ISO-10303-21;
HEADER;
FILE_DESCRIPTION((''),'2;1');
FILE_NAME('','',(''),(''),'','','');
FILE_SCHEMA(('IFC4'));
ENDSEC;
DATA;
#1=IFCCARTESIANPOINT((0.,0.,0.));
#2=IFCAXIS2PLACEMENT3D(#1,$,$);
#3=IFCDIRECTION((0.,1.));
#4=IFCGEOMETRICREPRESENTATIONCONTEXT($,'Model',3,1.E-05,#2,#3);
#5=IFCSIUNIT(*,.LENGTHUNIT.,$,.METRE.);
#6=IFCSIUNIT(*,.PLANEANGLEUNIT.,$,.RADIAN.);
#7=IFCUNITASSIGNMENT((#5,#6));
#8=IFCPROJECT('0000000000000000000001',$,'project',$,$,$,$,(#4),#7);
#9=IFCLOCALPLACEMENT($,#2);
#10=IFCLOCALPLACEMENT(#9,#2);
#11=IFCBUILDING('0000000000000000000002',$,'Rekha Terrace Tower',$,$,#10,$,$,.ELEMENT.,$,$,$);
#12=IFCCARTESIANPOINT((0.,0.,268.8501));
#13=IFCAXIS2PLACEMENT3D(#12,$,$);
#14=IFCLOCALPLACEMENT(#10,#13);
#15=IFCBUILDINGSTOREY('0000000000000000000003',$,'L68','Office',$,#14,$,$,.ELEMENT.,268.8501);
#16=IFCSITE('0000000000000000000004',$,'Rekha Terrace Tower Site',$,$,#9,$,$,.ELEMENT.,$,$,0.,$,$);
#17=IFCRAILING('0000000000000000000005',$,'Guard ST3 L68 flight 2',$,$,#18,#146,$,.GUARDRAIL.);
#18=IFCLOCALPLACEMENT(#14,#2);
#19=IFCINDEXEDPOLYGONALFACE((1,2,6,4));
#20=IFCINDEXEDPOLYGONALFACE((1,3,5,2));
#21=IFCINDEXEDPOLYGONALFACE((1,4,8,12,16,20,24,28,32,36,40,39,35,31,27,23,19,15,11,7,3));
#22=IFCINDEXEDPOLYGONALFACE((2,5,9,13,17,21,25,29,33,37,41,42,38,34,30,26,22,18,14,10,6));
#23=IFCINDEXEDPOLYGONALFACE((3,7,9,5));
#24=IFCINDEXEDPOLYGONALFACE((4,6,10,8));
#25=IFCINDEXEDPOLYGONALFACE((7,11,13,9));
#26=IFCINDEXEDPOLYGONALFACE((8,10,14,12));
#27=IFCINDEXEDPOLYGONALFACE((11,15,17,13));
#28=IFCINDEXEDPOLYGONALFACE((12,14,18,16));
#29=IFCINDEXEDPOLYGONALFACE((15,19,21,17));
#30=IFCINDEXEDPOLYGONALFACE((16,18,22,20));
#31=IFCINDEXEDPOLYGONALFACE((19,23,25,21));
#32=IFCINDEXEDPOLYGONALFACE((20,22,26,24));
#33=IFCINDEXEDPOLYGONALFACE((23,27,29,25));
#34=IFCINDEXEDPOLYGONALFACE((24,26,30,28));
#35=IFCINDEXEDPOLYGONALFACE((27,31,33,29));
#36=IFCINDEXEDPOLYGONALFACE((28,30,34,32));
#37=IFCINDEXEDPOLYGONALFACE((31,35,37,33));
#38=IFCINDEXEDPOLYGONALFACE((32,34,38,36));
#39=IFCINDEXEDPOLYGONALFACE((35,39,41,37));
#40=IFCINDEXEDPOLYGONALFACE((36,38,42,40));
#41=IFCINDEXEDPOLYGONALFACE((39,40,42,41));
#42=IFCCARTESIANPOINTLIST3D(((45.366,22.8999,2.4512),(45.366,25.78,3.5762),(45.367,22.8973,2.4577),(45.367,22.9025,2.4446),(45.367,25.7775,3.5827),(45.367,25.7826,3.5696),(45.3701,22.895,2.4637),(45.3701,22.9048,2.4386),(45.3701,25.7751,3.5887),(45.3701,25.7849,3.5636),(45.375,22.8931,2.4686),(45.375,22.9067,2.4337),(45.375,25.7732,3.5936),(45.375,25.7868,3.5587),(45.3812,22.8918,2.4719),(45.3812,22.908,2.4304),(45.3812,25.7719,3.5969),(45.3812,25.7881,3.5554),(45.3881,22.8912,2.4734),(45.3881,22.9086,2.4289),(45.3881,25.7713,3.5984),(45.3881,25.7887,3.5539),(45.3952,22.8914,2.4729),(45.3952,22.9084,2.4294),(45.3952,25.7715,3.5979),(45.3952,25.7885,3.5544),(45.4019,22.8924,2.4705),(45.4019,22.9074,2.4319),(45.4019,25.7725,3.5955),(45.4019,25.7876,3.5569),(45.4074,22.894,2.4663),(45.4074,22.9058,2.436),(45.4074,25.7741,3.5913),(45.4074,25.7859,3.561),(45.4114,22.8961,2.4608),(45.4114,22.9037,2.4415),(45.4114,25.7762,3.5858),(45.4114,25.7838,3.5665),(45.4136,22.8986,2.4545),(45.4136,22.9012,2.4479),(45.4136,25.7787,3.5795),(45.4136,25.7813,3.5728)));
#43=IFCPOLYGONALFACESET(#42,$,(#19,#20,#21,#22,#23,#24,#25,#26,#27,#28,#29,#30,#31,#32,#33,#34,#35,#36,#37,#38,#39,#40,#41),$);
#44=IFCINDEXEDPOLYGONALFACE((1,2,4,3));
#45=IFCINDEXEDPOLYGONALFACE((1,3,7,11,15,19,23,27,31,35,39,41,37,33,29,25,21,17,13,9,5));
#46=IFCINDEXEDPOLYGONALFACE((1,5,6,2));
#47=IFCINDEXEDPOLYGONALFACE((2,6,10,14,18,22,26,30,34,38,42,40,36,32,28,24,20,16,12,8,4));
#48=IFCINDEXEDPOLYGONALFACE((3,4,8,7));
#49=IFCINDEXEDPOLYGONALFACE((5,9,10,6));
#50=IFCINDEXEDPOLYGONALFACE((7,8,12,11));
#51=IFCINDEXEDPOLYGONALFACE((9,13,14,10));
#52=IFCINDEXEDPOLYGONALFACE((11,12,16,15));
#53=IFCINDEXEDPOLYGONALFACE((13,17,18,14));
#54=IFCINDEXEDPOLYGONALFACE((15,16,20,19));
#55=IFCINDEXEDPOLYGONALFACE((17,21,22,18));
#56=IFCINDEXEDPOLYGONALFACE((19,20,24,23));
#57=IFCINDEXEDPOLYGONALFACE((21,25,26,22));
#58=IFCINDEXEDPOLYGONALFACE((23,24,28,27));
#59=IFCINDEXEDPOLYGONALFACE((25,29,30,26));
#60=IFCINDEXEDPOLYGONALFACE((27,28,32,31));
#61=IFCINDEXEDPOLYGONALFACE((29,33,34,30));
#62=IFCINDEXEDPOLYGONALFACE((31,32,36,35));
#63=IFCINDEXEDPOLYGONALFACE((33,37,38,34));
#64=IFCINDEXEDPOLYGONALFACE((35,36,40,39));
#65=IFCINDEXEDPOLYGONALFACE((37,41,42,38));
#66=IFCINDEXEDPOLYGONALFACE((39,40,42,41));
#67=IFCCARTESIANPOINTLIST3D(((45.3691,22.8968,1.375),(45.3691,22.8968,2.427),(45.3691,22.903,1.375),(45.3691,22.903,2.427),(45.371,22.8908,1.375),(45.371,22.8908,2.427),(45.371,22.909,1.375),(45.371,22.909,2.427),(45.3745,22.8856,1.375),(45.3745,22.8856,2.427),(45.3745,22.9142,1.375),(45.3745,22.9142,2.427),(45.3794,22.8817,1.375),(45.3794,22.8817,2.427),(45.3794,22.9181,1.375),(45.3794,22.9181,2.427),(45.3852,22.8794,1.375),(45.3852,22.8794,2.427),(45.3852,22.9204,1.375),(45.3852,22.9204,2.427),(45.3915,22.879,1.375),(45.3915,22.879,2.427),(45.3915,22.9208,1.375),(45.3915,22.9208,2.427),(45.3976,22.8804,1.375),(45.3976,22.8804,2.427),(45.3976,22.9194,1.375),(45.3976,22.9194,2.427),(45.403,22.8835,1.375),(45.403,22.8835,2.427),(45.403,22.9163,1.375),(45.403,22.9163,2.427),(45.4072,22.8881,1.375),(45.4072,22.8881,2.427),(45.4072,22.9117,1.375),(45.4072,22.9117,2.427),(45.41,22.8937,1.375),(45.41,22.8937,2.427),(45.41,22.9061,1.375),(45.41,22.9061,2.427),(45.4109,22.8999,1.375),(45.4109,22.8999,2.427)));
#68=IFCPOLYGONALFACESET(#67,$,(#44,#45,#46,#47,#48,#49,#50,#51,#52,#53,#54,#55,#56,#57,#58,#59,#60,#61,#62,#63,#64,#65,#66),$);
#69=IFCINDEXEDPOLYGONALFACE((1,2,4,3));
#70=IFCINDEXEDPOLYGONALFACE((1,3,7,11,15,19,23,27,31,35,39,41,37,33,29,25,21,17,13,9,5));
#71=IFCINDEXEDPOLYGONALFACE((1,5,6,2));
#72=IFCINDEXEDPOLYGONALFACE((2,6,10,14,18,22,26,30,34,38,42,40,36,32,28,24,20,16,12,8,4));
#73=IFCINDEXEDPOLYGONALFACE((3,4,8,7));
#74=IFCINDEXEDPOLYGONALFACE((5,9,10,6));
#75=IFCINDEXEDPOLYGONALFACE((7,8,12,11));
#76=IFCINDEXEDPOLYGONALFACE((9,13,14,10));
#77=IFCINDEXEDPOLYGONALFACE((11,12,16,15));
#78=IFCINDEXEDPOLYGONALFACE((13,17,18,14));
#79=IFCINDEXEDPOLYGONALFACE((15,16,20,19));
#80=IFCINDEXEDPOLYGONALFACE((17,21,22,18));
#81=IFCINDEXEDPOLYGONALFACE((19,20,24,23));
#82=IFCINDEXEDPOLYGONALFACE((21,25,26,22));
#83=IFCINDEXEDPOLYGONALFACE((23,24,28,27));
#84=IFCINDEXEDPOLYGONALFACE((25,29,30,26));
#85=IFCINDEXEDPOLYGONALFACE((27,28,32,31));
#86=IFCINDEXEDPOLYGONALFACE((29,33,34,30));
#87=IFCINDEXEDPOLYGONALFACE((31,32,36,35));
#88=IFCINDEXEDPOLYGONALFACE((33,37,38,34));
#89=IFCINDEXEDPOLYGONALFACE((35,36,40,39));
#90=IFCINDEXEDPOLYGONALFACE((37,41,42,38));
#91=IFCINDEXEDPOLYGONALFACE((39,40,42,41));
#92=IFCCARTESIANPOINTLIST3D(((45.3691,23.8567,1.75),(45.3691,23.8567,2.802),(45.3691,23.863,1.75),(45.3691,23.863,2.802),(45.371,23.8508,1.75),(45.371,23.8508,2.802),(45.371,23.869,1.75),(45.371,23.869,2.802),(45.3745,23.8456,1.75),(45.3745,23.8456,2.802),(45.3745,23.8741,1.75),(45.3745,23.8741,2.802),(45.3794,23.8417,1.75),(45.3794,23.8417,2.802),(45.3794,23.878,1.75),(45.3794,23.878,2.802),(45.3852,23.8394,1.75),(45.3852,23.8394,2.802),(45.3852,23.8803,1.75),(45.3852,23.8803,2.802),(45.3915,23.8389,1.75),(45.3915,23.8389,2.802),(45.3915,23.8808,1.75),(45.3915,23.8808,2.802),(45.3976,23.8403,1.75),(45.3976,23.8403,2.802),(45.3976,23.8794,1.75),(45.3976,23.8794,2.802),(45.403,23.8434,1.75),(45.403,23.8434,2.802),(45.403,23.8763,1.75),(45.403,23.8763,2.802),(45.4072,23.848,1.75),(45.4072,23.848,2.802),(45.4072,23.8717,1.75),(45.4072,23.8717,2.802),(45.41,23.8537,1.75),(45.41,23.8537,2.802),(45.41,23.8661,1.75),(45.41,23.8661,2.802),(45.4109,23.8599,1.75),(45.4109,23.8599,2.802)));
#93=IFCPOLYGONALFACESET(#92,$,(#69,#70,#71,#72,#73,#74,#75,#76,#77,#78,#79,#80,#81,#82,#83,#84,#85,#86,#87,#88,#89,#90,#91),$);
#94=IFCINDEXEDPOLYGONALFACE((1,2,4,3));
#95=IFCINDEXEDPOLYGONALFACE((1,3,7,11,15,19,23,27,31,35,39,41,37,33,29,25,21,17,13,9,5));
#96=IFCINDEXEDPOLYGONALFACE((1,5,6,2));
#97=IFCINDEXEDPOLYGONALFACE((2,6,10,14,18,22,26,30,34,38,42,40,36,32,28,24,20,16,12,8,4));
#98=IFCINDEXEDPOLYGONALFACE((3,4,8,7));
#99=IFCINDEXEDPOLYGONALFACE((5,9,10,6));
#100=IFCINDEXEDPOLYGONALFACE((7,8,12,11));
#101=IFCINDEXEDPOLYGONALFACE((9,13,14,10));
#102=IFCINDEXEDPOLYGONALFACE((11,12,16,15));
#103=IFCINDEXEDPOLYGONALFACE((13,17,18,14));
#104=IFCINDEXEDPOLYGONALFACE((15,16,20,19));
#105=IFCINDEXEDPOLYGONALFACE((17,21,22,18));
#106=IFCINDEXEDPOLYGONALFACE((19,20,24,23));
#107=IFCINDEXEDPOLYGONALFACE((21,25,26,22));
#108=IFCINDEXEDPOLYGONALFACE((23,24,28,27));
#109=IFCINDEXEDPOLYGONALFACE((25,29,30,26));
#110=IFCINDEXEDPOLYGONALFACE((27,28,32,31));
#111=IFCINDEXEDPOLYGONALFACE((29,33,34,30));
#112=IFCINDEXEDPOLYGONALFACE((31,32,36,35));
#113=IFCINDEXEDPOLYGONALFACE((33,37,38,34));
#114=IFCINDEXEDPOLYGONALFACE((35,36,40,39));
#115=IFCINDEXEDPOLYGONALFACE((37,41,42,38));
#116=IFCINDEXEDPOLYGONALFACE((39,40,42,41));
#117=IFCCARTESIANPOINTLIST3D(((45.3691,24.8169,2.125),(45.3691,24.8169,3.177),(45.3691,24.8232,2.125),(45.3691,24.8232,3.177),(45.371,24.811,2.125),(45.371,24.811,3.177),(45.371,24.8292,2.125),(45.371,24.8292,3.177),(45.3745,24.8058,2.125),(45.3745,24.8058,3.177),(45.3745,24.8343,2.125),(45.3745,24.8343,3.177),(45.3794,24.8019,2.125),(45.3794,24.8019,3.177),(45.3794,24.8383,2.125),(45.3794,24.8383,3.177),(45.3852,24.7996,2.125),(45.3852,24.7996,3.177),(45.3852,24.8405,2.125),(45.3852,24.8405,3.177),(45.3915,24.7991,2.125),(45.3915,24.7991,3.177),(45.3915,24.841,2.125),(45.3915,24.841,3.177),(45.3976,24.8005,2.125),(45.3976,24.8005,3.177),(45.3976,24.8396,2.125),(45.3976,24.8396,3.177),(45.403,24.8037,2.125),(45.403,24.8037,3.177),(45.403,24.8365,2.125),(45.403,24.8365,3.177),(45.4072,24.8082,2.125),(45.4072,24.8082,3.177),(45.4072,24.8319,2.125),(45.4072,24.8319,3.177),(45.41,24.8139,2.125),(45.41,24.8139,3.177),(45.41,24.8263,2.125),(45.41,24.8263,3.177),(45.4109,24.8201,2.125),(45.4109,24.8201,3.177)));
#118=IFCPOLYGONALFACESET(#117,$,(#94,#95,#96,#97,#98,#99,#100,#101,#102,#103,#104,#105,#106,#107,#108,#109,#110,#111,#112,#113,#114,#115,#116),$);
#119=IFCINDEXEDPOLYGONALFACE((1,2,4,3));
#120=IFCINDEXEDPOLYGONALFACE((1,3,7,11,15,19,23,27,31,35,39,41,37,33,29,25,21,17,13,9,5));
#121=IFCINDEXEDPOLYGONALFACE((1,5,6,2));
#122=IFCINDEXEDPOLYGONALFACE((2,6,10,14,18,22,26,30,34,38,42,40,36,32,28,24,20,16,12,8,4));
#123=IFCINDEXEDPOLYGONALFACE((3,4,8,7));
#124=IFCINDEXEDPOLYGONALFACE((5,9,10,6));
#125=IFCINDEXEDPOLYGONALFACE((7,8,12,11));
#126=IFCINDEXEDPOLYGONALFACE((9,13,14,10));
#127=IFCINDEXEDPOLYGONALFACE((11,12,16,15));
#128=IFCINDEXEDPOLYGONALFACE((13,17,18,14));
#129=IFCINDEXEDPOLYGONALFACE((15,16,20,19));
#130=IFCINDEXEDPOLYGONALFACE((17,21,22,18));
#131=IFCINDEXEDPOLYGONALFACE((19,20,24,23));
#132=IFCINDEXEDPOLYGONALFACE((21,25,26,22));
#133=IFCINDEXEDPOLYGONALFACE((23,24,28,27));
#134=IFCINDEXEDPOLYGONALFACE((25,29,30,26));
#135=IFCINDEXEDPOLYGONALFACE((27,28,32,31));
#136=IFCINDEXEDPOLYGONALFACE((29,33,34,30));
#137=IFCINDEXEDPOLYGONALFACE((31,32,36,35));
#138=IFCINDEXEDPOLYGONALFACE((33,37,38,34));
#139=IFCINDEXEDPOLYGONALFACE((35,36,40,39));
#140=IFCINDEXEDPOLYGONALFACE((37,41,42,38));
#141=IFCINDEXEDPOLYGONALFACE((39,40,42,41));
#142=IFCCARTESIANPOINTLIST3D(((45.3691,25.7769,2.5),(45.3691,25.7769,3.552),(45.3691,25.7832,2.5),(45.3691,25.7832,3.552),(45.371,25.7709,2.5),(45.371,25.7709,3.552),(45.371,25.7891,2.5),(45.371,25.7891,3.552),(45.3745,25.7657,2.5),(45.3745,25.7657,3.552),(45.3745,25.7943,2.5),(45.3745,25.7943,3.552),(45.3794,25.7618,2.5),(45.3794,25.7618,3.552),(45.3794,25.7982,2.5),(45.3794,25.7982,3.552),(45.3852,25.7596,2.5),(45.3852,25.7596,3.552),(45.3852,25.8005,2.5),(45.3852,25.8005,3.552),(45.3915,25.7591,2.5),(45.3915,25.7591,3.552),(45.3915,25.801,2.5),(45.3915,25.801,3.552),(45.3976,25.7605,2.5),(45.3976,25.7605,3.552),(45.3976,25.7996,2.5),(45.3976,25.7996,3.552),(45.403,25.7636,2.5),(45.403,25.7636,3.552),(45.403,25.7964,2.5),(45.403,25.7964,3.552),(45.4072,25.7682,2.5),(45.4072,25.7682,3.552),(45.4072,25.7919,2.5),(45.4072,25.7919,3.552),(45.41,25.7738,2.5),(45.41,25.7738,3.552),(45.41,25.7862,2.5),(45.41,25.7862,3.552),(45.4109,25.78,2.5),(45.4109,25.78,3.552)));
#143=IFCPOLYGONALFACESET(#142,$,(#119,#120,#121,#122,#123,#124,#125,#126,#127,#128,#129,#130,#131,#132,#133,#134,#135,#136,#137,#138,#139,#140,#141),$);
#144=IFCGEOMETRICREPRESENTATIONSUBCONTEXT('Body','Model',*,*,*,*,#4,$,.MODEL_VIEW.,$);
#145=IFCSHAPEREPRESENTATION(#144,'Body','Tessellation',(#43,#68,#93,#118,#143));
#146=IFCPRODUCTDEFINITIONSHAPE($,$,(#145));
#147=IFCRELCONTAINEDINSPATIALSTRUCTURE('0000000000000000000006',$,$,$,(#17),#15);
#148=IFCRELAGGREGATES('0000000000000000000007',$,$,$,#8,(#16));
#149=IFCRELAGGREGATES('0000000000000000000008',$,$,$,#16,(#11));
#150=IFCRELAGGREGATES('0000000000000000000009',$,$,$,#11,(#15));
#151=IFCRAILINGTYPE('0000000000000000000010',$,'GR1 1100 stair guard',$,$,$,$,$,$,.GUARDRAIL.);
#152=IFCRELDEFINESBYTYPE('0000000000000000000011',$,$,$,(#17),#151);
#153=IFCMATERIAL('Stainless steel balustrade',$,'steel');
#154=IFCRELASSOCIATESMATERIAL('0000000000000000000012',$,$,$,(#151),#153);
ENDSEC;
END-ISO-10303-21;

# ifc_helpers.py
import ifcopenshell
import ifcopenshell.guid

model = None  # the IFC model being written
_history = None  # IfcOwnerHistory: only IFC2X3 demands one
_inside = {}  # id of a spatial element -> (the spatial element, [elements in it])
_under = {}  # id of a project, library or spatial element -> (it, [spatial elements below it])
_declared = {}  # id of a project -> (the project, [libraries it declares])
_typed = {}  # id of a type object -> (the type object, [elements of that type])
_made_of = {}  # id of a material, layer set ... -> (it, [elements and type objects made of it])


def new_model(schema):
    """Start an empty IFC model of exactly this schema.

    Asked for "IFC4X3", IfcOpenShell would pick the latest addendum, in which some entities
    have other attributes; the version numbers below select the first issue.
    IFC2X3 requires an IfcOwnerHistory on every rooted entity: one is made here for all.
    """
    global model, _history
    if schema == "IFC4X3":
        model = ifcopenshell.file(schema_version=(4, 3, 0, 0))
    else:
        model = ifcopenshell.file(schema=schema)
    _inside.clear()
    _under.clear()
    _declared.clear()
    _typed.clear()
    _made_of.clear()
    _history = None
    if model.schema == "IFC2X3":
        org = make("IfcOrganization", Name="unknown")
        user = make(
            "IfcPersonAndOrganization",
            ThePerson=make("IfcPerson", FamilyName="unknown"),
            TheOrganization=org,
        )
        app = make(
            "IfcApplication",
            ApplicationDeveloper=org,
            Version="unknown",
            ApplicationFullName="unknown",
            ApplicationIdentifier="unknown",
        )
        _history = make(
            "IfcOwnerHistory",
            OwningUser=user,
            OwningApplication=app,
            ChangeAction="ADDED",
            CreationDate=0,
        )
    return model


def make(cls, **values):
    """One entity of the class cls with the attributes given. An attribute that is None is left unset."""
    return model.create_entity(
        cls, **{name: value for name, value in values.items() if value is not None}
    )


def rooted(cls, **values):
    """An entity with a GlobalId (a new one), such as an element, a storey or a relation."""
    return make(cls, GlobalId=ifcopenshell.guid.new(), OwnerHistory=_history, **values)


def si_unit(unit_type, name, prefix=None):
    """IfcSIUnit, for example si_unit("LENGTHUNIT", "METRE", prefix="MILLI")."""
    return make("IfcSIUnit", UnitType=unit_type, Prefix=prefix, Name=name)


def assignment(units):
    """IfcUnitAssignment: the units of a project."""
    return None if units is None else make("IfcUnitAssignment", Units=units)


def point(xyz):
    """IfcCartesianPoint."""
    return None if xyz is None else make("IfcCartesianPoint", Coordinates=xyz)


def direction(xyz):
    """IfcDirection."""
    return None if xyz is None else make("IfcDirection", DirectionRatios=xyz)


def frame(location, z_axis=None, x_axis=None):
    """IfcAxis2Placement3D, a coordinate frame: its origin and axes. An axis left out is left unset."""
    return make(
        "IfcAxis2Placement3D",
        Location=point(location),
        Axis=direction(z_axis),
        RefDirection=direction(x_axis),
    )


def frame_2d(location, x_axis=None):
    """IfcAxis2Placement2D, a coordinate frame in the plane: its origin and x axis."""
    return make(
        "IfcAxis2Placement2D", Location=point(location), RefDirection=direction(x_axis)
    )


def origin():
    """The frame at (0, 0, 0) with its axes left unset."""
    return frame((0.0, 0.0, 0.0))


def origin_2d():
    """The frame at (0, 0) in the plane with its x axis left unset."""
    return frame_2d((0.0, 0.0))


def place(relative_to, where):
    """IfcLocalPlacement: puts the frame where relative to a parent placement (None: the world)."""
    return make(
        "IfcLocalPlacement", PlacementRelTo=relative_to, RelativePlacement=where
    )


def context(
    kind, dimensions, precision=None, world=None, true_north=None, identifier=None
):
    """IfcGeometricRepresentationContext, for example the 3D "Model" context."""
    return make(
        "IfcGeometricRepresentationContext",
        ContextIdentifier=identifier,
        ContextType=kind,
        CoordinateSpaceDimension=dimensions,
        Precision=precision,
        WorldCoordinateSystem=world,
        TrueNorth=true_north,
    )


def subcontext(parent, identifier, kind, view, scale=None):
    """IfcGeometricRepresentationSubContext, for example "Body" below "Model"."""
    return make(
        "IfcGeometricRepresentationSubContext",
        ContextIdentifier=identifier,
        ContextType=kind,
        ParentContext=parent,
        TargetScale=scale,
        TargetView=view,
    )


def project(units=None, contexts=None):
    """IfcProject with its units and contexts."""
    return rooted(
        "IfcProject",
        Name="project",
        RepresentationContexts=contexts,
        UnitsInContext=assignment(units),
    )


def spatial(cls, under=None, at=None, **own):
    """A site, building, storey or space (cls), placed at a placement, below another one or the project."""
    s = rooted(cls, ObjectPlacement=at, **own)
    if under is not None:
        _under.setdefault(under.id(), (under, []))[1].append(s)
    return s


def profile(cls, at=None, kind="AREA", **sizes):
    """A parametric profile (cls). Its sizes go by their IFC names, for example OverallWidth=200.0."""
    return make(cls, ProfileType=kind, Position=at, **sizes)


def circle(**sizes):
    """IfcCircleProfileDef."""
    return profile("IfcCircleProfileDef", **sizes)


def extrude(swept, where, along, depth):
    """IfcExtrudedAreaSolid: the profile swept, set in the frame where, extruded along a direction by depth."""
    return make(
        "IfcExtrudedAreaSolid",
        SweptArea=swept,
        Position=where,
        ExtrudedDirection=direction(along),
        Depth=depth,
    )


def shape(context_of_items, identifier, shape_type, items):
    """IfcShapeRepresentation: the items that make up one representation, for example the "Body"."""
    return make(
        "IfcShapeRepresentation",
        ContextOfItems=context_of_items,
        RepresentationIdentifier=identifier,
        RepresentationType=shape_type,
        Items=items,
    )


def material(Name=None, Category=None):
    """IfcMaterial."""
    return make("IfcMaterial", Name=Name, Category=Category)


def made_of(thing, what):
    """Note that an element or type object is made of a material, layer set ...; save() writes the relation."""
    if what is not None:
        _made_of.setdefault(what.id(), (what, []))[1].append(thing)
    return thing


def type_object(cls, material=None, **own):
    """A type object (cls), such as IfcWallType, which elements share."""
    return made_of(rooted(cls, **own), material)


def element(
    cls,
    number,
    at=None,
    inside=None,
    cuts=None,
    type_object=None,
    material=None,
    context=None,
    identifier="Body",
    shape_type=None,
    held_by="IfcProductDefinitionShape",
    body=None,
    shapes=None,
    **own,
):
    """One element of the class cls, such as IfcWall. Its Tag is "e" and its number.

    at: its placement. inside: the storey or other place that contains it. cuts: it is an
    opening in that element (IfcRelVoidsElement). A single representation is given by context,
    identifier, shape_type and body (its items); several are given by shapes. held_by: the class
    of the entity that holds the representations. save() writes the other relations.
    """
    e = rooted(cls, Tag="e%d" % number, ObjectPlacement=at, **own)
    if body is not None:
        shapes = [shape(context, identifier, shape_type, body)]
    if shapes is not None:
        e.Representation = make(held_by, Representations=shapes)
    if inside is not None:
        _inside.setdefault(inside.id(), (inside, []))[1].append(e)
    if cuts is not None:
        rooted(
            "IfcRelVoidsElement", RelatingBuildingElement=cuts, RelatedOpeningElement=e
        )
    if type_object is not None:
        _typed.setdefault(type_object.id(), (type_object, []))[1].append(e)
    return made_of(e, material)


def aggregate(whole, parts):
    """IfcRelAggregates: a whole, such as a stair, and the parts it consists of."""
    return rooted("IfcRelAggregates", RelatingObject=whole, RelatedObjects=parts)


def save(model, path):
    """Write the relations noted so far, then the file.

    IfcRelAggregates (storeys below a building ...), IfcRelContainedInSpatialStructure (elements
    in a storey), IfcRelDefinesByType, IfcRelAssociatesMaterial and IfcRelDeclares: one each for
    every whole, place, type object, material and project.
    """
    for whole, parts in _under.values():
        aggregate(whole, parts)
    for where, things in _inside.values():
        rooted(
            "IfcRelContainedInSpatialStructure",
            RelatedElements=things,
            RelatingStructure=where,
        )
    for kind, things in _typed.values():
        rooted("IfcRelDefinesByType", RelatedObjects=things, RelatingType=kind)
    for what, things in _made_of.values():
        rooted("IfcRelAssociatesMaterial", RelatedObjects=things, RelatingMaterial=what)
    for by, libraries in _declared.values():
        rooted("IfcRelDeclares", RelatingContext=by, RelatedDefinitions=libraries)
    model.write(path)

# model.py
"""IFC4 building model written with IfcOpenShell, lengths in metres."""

from ifc_helpers import new_model, si_unit, direction, frame, origin, origin_2d, place, context, subcontext, project, spatial, circle, extrude, material, type_object, element, save


model = new_model("IFC4")

# Units and contexts
model_context = context("Model", 3, precision=1e-05, world=origin(), true_north=direction((0.0, 1.0)))
body_context = subcontext(model_context, "Body", "Model", "MODEL_VIEW")
ifc_project = project(units=[si_unit("LENGTHUNIT", "METRE"), si_unit("PLANEANGLEUNIT", "RADIAN")], contexts=[model_context])

# Site, building, storey
site_placement = place(None, origin())
site = spatial("IfcSite", under=ifc_project, at=site_placement, Name="Rekha Terrace Tower Site", CompositionType="ELEMENT", RefElevation=0.0)
building_placement = place(site_placement, origin())
building = spatial("IfcBuilding", under=site, at=building_placement, Name="Rekha Terrace Tower", CompositionType="ELEMENT")
storey_placement = place(building_placement, frame((0.0, 0.0, 268.8501)))
storey = spatial("IfcBuildingStorey", under=building, at=storey_placement, Name="L68", Description="Office", CompositionType="ELEMENT", Elevation=268.8501)

# Railing
ifc_material_1 = material(Name="Stainless steel balustrade", Category="steel")
railing_type_1 = type_object("IfcRailingType", Name="GR1 1100 stair guard", PredefinedType="GUARDRAIL", material=ifc_material_1)
railing_1_placement = place(storey_placement, frame((45.3899, 22.8999, 1.375)))
element("IfcRailing", 1, at=railing_1_placement, inside=storey, type_object=railing_type_1, Name="Guard ST3 L68 flight 2", PredefinedType="GUARDRAIL", context=body_context, shape_type="SweptSolid", body=[
    extrude(circle(Radius=0.0239, at=origin_2d()), frame((0.0, 0.0, 1.0762), z_axis=(0.0, 0.931463, 0.363837), x_axis=(-1.0, 0.0, 0.0)), (0.0, 0.0, 1.0), 3.092),
    extrude(circle(Radius=0.021, at=origin_2d()), origin(), (0.0, 0.0, 1.0), 1.052),
    extrude(circle(Radius=0.021, at=origin_2d()), frame((0.0, 0.96, 0.375)), (0.0, 0.0, 1.0), 1.052),
    extrude(circle(Radius=0.021, at=origin_2d()), frame((0.0, 1.9202, 0.75)), (0.0, 0.0, 1.0), 1.052),
    extrude(circle(Radius=0.021, at=origin_2d()), frame((0.0, 2.8801, 1.125)), (0.0, 0.0, 1.0), 1.052),
])

save(model, "model.ifc")
